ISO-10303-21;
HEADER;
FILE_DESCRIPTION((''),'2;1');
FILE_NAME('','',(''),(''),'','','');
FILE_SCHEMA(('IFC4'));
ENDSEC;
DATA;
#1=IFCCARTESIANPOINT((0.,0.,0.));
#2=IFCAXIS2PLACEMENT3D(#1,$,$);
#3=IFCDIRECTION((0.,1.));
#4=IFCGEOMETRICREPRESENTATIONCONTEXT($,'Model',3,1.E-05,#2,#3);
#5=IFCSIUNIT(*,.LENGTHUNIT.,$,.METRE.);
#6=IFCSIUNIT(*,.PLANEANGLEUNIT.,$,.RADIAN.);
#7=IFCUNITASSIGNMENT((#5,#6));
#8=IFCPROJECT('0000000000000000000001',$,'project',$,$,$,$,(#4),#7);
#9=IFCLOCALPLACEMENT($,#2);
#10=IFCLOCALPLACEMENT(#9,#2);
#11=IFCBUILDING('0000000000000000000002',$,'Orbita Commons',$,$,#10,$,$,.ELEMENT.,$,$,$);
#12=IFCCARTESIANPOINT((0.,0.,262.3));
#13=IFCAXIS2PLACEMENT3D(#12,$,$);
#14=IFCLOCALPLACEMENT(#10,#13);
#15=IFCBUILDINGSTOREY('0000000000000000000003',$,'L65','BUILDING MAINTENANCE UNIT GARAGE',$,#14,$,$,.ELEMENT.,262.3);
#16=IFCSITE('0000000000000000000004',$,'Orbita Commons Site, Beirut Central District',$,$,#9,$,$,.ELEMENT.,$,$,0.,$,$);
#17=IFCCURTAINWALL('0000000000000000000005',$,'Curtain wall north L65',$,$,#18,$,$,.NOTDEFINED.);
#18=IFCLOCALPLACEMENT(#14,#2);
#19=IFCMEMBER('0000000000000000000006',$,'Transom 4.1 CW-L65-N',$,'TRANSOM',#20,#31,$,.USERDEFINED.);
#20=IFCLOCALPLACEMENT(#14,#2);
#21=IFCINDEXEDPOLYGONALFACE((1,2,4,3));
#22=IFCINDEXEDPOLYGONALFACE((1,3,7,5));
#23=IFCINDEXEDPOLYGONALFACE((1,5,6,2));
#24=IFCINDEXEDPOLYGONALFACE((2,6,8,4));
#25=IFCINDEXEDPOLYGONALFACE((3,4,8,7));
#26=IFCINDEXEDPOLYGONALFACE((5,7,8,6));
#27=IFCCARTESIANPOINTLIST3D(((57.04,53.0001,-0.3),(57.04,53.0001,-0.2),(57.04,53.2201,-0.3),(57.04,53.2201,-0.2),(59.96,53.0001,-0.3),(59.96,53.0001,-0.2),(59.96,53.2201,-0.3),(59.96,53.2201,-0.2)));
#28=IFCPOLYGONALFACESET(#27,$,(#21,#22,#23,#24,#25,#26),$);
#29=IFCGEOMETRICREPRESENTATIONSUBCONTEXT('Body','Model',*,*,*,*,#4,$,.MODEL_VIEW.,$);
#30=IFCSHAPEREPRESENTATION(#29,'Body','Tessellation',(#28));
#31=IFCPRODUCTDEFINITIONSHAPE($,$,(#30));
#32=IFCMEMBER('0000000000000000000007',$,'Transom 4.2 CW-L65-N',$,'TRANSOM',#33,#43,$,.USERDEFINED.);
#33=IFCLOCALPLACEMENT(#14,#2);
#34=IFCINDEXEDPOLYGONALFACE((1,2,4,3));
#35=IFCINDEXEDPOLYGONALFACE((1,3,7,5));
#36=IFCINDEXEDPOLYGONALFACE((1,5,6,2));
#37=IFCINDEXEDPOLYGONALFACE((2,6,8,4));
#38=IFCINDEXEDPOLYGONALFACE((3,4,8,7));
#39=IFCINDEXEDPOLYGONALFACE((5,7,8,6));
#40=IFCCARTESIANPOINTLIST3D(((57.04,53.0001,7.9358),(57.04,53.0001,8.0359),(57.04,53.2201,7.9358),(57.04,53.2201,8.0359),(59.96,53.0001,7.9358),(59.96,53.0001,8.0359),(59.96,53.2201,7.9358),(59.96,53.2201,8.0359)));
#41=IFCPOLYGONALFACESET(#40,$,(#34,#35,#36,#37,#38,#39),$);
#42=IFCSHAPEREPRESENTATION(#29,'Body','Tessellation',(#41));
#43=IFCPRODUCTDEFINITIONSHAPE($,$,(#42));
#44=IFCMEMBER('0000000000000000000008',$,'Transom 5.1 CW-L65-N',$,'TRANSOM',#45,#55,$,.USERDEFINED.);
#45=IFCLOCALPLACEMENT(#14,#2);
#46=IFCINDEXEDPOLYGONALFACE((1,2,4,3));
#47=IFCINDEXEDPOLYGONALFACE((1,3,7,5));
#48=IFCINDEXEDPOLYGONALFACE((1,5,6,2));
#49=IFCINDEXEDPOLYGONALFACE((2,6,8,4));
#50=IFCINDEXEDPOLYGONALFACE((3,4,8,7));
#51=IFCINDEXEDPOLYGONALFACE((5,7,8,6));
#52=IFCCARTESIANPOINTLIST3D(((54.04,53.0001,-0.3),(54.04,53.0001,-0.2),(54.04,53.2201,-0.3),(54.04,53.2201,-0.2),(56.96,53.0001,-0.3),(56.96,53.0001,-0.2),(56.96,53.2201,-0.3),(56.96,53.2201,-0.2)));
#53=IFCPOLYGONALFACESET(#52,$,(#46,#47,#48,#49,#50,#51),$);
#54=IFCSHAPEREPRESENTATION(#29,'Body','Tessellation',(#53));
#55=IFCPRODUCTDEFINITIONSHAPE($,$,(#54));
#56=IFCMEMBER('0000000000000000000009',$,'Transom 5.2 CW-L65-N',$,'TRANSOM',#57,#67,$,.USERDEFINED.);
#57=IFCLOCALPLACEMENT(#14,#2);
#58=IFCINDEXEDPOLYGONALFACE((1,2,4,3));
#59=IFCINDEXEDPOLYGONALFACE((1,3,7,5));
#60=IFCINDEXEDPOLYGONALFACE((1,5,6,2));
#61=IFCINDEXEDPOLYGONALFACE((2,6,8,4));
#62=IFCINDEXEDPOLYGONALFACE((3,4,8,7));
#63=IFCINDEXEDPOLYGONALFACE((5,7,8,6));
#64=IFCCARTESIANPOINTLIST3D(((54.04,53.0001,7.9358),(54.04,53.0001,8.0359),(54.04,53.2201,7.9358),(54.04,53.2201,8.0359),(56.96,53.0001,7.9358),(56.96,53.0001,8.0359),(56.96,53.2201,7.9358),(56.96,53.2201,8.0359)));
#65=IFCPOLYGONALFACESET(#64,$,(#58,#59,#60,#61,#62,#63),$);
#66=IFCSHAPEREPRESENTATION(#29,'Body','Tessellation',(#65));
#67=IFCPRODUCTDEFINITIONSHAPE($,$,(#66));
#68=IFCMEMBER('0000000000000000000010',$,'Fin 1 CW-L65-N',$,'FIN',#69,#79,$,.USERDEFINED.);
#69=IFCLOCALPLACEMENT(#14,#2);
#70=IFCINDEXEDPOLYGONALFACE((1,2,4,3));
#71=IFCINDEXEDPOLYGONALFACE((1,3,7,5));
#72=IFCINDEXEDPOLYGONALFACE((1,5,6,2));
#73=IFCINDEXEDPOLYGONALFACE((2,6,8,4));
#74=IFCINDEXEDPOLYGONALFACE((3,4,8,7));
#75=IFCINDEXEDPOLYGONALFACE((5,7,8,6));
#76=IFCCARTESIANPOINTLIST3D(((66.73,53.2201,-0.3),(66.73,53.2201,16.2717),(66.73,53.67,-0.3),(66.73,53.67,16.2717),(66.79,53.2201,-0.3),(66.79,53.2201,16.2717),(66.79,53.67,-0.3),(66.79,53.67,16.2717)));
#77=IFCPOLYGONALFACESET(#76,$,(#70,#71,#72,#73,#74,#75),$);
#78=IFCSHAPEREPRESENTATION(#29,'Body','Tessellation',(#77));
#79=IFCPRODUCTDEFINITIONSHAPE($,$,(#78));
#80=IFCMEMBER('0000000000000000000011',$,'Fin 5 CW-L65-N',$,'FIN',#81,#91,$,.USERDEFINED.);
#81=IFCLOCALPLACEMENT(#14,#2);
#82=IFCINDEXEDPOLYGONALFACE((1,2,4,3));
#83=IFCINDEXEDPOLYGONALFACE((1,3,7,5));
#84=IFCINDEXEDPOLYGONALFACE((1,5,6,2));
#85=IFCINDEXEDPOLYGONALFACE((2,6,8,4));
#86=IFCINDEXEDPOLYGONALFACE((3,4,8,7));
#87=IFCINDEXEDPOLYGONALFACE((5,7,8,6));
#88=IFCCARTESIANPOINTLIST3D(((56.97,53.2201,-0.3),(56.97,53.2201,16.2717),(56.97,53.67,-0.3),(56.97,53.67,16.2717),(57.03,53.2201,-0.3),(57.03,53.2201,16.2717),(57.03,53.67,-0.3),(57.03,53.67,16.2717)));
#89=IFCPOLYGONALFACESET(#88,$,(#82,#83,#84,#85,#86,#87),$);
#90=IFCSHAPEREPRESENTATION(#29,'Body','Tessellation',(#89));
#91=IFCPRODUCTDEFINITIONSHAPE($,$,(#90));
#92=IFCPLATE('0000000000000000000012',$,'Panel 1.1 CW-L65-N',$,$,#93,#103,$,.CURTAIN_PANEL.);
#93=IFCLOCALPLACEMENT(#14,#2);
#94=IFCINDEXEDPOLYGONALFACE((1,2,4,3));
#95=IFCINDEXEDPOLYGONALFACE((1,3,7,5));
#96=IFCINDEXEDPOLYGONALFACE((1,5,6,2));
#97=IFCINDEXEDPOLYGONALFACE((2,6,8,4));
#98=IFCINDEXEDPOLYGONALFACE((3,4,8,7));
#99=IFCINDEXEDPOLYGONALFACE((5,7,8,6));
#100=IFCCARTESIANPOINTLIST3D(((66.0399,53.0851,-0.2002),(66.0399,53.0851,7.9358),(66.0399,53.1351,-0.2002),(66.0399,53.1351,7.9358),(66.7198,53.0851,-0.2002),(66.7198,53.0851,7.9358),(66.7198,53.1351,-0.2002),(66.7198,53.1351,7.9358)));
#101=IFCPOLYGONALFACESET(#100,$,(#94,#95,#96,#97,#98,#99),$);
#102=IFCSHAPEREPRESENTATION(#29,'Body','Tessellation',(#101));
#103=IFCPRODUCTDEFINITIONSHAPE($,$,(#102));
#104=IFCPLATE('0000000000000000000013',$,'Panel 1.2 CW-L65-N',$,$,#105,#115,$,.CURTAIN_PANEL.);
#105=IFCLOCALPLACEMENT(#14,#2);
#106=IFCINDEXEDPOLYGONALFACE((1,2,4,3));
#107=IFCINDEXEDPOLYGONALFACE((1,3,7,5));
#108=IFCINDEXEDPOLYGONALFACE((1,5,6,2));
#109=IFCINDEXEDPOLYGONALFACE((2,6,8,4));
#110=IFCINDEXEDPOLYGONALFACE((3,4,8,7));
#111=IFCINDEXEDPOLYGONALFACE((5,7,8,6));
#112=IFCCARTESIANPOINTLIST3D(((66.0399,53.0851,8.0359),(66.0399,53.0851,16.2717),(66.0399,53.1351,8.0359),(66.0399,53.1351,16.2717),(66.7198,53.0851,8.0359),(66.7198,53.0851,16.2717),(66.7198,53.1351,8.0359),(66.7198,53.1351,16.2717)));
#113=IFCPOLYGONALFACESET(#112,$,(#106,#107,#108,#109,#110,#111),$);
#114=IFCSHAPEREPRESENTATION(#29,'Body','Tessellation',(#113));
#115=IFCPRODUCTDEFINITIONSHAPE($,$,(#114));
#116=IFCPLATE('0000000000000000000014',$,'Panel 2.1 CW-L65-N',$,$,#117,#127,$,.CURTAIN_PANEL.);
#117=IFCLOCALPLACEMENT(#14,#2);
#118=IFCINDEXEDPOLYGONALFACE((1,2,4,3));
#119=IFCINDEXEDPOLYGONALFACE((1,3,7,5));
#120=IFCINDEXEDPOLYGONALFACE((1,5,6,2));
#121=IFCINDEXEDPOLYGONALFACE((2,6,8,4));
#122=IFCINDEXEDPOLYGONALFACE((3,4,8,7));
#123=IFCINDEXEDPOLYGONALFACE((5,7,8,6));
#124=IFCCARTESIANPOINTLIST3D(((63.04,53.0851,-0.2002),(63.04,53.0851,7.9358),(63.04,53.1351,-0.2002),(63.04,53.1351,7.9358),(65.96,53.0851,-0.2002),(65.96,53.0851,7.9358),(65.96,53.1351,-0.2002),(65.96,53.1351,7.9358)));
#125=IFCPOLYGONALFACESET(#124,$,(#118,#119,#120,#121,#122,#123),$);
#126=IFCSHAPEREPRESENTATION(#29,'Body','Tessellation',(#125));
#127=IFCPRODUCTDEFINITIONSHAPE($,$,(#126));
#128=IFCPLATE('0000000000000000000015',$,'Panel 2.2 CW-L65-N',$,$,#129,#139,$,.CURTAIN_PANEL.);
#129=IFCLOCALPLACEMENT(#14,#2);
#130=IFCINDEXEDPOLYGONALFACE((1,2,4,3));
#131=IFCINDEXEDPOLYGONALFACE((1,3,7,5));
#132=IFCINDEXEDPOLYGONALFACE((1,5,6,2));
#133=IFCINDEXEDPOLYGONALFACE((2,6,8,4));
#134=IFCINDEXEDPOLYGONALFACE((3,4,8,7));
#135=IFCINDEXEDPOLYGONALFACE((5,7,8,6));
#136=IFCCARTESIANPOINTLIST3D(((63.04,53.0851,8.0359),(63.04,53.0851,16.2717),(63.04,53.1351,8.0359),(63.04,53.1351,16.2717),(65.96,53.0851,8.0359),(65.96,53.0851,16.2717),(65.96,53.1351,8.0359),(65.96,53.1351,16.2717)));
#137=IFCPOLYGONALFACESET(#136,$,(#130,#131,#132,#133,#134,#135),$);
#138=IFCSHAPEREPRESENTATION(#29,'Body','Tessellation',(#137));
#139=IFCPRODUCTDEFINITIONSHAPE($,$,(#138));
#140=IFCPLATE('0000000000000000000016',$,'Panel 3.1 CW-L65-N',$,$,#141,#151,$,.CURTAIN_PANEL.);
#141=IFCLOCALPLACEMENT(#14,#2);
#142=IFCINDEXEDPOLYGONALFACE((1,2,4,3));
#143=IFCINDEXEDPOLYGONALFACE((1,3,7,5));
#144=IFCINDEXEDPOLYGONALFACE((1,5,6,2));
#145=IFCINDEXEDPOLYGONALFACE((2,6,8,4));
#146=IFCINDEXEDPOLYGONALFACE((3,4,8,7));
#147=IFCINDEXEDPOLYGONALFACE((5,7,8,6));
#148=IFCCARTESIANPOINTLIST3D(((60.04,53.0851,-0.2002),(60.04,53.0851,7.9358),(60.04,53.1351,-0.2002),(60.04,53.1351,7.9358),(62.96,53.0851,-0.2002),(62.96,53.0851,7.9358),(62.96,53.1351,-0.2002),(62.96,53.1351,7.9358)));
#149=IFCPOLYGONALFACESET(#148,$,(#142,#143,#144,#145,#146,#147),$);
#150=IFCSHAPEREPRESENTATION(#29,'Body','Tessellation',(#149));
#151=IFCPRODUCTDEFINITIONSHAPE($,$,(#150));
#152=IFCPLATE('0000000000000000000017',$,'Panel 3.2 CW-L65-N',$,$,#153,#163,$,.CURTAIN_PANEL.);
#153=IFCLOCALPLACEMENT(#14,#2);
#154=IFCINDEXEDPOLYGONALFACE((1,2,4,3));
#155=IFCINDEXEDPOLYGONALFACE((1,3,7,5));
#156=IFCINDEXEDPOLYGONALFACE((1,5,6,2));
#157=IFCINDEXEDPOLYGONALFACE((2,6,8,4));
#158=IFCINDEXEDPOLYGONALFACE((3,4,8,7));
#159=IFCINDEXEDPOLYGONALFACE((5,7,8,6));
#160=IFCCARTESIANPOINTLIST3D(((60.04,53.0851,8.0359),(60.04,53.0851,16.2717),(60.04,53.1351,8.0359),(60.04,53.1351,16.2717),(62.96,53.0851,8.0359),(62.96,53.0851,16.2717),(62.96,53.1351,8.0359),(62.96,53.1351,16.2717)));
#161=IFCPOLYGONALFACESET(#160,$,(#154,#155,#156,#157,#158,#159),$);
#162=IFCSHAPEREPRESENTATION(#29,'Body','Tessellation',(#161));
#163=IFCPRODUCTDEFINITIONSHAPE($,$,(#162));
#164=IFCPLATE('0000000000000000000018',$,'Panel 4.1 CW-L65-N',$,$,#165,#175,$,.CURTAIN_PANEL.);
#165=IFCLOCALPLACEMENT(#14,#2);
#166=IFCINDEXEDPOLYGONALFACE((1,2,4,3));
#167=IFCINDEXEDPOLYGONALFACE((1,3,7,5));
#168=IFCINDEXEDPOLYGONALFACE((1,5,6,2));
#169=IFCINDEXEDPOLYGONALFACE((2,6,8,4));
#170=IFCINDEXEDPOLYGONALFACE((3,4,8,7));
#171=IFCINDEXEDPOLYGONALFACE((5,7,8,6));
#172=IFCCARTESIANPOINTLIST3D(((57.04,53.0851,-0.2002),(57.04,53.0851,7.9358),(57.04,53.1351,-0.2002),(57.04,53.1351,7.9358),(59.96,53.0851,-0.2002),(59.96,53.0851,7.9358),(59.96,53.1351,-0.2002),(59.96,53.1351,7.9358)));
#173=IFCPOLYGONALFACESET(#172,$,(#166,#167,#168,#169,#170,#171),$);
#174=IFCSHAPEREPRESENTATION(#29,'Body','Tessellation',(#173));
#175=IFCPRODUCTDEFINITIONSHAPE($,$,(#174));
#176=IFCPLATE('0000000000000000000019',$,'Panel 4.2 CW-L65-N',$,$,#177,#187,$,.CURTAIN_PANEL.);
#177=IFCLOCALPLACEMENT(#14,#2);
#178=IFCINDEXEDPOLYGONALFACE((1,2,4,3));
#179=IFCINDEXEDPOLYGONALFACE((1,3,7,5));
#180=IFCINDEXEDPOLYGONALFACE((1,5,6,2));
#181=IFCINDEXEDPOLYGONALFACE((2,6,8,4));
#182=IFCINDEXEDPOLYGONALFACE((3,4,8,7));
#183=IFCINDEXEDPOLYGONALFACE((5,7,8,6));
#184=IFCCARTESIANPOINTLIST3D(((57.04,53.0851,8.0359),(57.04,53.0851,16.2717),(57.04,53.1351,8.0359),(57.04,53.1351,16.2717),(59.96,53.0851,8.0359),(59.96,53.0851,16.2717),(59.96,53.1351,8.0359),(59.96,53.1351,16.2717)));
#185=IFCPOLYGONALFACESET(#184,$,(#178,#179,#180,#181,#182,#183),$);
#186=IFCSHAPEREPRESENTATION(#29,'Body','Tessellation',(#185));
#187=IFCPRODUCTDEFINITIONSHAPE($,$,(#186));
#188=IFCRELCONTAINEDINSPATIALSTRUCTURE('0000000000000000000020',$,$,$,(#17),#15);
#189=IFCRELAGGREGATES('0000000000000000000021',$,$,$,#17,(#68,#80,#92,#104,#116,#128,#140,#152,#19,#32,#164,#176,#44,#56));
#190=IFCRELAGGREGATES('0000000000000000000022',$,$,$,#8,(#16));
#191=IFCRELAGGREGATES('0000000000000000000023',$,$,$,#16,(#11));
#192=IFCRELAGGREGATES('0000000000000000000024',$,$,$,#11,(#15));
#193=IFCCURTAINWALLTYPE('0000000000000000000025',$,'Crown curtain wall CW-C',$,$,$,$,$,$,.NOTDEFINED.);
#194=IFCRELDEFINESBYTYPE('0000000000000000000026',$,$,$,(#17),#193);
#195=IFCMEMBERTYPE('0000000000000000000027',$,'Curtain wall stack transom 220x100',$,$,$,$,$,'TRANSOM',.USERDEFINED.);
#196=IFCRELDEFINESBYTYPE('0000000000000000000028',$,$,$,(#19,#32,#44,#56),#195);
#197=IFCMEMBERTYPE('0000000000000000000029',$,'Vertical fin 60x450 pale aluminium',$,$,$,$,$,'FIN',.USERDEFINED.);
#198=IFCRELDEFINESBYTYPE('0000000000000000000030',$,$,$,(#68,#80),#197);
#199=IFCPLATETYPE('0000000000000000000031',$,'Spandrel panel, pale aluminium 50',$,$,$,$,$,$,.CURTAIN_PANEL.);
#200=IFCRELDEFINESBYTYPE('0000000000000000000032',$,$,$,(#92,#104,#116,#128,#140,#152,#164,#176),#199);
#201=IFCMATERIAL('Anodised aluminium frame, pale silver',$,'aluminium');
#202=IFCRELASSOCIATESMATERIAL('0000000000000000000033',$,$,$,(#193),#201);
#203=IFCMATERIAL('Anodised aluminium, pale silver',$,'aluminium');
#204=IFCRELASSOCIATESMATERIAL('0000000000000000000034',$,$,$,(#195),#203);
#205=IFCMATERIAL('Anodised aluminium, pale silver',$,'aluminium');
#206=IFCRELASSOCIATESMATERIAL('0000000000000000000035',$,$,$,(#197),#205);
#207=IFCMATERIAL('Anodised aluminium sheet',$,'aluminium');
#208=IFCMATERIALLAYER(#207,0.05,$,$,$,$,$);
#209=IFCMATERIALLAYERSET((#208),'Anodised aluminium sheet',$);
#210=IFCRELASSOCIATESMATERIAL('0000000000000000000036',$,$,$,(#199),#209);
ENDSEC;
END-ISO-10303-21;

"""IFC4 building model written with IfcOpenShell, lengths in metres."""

from ifc_helpers import new_model, si_unit, direction, frame, origin, origin_2d, place, context, subcontext, project, spatial, rectangle, extrude, material, layer, layer_set, material_profile, profile_set, type_object, element, aggregate, save


model = new_model("IFC4")

# Units and contexts
model_context = context("Model", 3, precision=1e-05, world=origin(), true_north=direction((0.0, 1.0)))
body_context = subcontext(model_context, "Body", "Model", "MODEL_VIEW")
ifc_project = project(units=[si_unit("LENGTHUNIT", "METRE"), si_unit("PLANEANGLEUNIT", "RADIAN")], contexts=[model_context])

# Site, building, storey
site_placement = place(None, origin())
site = spatial("IfcSite", under=ifc_project, at=site_placement, Name="Orbita Commons Site, Beirut Central District", CompositionType="ELEMENT", RefElevation=0.0)
building_placement = place(site_placement, origin())
building = spatial("IfcBuilding", under=site, at=building_placement, Name="Orbita Commons", CompositionType="ELEMENT")
storey_placement = place(building_placement, frame((0.0, 0.0, 262.3)))
storey = spatial("IfcBuildingStorey", under=building, at=storey_placement, Name="L65", Description="BUILDING MAINTENANCE UNIT GARAGE", CompositionType="ELEMENT", Elevation=262.3)

# Curtain wall, members, plates
ifc_material_1 = material(Name="Anodised aluminium frame, pale silver", Category="aluminium")
curtain_wall_type = type_object("IfcCurtainWallType", Name="Crown curtain wall CW-C", PredefinedType="NOTDEFINED", material=ifc_material_1)
curtain_wall_placement = place(storey_placement, origin())
curtain_wall = element("IfcCurtainWall", 1, at=curtain_wall_placement, inside=storey, type_object=curtain_wall_type, Name="Curtain wall north L65", PredefinedType="NOTDEFINED")
ifc_material_2 = material(Name="Anodised aluminium, pale silver", Category="aluminium")
ifc_material_profile_1 = material_profile(ifc_material_2, rectangle(XDim=0.22, YDim=0.1001, at=origin_2d()), Name="AL 220x100")
ifc_profile_set_1 = profile_set([ifc_material_profile_1], Name="Anodised aluminium, pale silver")
member_type_1 = type_object("IfcMemberType", Name="Curtain wall stack transom 220x100", ElementType="TRANSOM", PredefinedType="USERDEFINED", material=ifc_profile_set_1)
member_1_placement = place(storey_placement, frame((59.96, 53.1101, -0.25), z_axis=(-1.0, 0.0, 0.0), x_axis=(0.0, -1.0, 0.0)))
member_1 = element("IfcMember", 2, at=member_1_placement, type_object=member_type_1, Name="Transom 4.1 CW-L65-N", ObjectType="TRANSOM", PredefinedType="USERDEFINED", context=body_context, shape_type="SweptSolid", body=[
    extrude(rectangle(XDim=0.22, YDim=0.1001, at=origin_2d()), origin(), (0.0, 0.0, 1.0), 2.9199),
])
member_2_placement = place(storey_placement, frame((59.96, 53.1101, 7.9858), z_axis=(-1.0, 0.0, 0.0), x_axis=(0.0, -1.0, 0.0)))
member_2 = element("IfcMember", 3, at=member_2_placement, type_object=member_type_1, Name="Transom 4.2 CW-L65-N", ObjectType="TRANSOM", PredefinedType="USERDEFINED", context=body_context, shape_type="SweptSolid", body=[
    extrude(rectangle(XDim=0.22, YDim=0.1001, at=origin_2d()), origin(), (0.0, 0.0, 1.0), 2.9199),
])
member_3_placement = place(storey_placement, frame((56.96, 53.1101, -0.25), z_axis=(-1.0, 0.0, 0.0), x_axis=(0.0, -1.0, 0.0)))
member_3 = element("IfcMember", 4, at=member_3_placement, type_object=member_type_1, Name="Transom 5.1 CW-L65-N", ObjectType="TRANSOM", PredefinedType="USERDEFINED", context=body_context, shape_type="SweptSolid", body=[
    extrude(rectangle(XDim=0.22, YDim=0.1001, at=origin_2d()), origin(), (0.0, 0.0, 1.0), 2.9199),
])
member_4_placement = place(storey_placement, frame((56.96, 53.1101, 7.9858), z_axis=(-1.0, 0.0, 0.0), x_axis=(0.0, -1.0, 0.0)))
member_4 = element("IfcMember", 5, at=member_4_placement, type_object=member_type_1, Name="Transom 5.2 CW-L65-N", ObjectType="TRANSOM", PredefinedType="USERDEFINED", context=body_context, shape_type="SweptSolid", body=[
    extrude(rectangle(XDim=0.22, YDim=0.1001, at=origin_2d()), origin(), (0.0, 0.0, 1.0), 2.9199),
])
ifc_material_3 = material(Name="Anodised aluminium, pale silver", Category="aluminium")
ifc_material_profile_2 = material_profile(ifc_material_3, rectangle(XDim=0.0601, YDim=0.45, at=origin_2d()), Name="FIN 60x450")
ifc_profile_set_2 = profile_set([ifc_material_profile_2], Name="Anodised aluminium, pale silver")
member_type_2 = type_object("IfcMemberType", Name="Vertical fin 60x450 pale aluminium", ElementType="FIN", PredefinedType="USERDEFINED", material=ifc_profile_set_2)
member_5_placement = place(storey_placement, frame((66.76, 53.4451, -0.3), z_axis=(0.0, 0.0, 1.0), x_axis=(-1.0, 0.0, 0.0)))
member_5 = element("IfcMember", 6, at=member_5_placement, type_object=member_type_2, Name="Fin 1 CW-L65-N", ObjectType="FIN", PredefinedType="USERDEFINED", context=body_context, shape_type="SweptSolid", body=[
    extrude(rectangle(XDim=0.0601, YDim=0.45, at=origin_2d()), origin(), (0.0, 0.0, 1.0), 16.5718),
])
member_6_placement = place(storey_placement, frame((57.0, 53.4451, -0.3), z_axis=(0.0, 0.0, 1.0), x_axis=(-1.0, 0.0, 0.0)))
member_6 = element("IfcMember", 7, at=member_6_placement, type_object=member_type_2, Name="Fin 5 CW-L65-N", ObjectType="FIN", PredefinedType="USERDEFINED", context=body_context, shape_type="SweptSolid", body=[
    extrude(rectangle(XDim=0.0601, YDim=0.45, at=origin_2d()), origin(), (0.0, 0.0, 1.0), 16.5718),
])
ifc_material_4 = material(Name="Anodised aluminium sheet", Category="aluminium")
ifc_layer_1 = layer(ifc_material_4, 0.05)
ifc_layer_set_1 = layer_set([ifc_layer_1], Name="Anodised aluminium sheet")
plate_type = type_object("IfcPlateType", Name="Spandrel panel, pale aluminium 50", PredefinedType="CURTAIN_PANEL", material=ifc_layer_set_1)
plate_1_placement = place(storey_placement, frame((66.3799, 53.1101, -0.2002), z_axis=(0.0, 0.0, 1.0), x_axis=(-1.0, 0.0, 0.0)))
plate_1 = element("IfcPlate", 8, at=plate_1_placement, type_object=plate_type, Name="Panel 1.1 CW-L65-N", PredefinedType="CURTAIN_PANEL", context=body_context, shape_type="SweptSolid", body=[
    extrude(rectangle(XDim=0.6799, YDim=0.05, at=origin_2d()), origin(), (0.0, 0.0, 1.0), 8.136),
])
plate_2_placement = place(storey_placement, frame((66.3799, 53.1101, 8.0359), z_axis=(0.0, 0.0, 1.0), x_axis=(-1.0, 0.0, 0.0)))
plate_2 = element("IfcPlate", 9, at=plate_2_placement, type_object=plate_type, Name="Panel 1.2 CW-L65-N", PredefinedType="CURTAIN_PANEL", context=body_context, shape_type="SweptSolid", body=[
    extrude(rectangle(XDim=0.6799, YDim=0.05, at=origin_2d()), origin(), (0.0, 0.0, 1.0), 8.2358),
])
plate_3_placement = place(storey_placement, frame((64.5, 53.1101, -0.2002), z_axis=(0.0, 0.0, 1.0), x_axis=(-1.0, 0.0, 0.0)))
plate_3 = element("IfcPlate", 10, at=plate_3_placement, type_object=plate_type, Name="Panel 2.1 CW-L65-N", PredefinedType="CURTAIN_PANEL", context=body_context, shape_type="SweptSolid", body=[
    extrude(rectangle(XDim=2.9199, YDim=0.05, at=origin_2d()), origin(), (0.0, 0.0, 1.0), 8.136),
])
plate_4_placement = place(storey_placement, frame((64.5, 53.1101, 8.0359), z_axis=(0.0, 0.0, 1.0), x_axis=(-1.0, 0.0, 0.0)))
plate_4 = element("IfcPlate", 11, at=plate_4_placement, type_object=plate_type, Name="Panel 2.2 CW-L65-N", PredefinedType="CURTAIN_PANEL", context=body_context, shape_type="SweptSolid", body=[
    extrude(rectangle(XDim=2.9199, YDim=0.05, at=origin_2d()), origin(), (0.0, 0.0, 1.0), 8.2358),
])
plate_5_placement = place(storey_placement, frame((61.5, 53.1101, -0.2002), z_axis=(0.0, 0.0, 1.0), x_axis=(-1.0, 0.0, 0.0)))
plate_5 = element("IfcPlate", 12, at=plate_5_placement, type_object=plate_type, Name="Panel 3.1 CW-L65-N", PredefinedType="CURTAIN_PANEL", context=body_context, shape_type="SweptSolid", body=[
    extrude(rectangle(XDim=2.9199, YDim=0.05, at=origin_2d()), origin(), (0.0, 0.0, 1.0), 8.136),
])
plate_6_placement = place(storey_placement, frame((61.5, 53.1101, 8.0359), z_axis=(0.0, 0.0, 1.0), x_axis=(-1.0, 0.0, 0.0)))
plate_6 = element("IfcPlate", 13, at=plate_6_placement, type_object=plate_type, Name="Panel 3.2 CW-L65-N", PredefinedType="CURTAIN_PANEL", context=body_context, shape_type="SweptSolid", body=[
    extrude(rectangle(XDim=2.9199, YDim=0.05, at=origin_2d()), origin(), (0.0, 0.0, 1.0), 8.2358),
])
plate_7_placement = place(storey_placement, frame((58.5, 53.1101, -0.2002), z_axis=(0.0, 0.0, 1.0), x_axis=(-1.0, 0.0, 0.0)))
plate_7 = element("IfcPlate", 14, at=plate_7_placement, type_object=plate_type, Name="Panel 4.1 CW-L65-N", PredefinedType="CURTAIN_PANEL", context=body_context, shape_type="SweptSolid", body=[
    extrude(rectangle(XDim=2.9199, YDim=0.05, at=origin_2d()), origin(), (0.0, 0.0, 1.0), 8.136),
])
plate_8_placement = place(storey_placement, frame((58.5, 53.1101, 8.0359), z_axis=(0.0, 0.0, 1.0), x_axis=(-1.0, 0.0, 0.0)))
plate_8 = element("IfcPlate", 15, at=plate_8_placement, type_object=plate_type, Name="Panel 4.2 CW-L65-N", PredefinedType="CURTAIN_PANEL", context=body_context, shape_type="SweptSolid", body=[
    extrude(rectangle(XDim=2.9199, YDim=0.05, at=origin_2d()), origin(), (0.0, 0.0, 1.0), 8.2358),
])
aggregate(curtain_wall, [member_5, member_6, plate_1, plate_2, plate_3, plate_4, plate_5, plate_6, member_1, member_2, plate_7, plate_8, member_3, member_4])

save(model, "model.ifc")
